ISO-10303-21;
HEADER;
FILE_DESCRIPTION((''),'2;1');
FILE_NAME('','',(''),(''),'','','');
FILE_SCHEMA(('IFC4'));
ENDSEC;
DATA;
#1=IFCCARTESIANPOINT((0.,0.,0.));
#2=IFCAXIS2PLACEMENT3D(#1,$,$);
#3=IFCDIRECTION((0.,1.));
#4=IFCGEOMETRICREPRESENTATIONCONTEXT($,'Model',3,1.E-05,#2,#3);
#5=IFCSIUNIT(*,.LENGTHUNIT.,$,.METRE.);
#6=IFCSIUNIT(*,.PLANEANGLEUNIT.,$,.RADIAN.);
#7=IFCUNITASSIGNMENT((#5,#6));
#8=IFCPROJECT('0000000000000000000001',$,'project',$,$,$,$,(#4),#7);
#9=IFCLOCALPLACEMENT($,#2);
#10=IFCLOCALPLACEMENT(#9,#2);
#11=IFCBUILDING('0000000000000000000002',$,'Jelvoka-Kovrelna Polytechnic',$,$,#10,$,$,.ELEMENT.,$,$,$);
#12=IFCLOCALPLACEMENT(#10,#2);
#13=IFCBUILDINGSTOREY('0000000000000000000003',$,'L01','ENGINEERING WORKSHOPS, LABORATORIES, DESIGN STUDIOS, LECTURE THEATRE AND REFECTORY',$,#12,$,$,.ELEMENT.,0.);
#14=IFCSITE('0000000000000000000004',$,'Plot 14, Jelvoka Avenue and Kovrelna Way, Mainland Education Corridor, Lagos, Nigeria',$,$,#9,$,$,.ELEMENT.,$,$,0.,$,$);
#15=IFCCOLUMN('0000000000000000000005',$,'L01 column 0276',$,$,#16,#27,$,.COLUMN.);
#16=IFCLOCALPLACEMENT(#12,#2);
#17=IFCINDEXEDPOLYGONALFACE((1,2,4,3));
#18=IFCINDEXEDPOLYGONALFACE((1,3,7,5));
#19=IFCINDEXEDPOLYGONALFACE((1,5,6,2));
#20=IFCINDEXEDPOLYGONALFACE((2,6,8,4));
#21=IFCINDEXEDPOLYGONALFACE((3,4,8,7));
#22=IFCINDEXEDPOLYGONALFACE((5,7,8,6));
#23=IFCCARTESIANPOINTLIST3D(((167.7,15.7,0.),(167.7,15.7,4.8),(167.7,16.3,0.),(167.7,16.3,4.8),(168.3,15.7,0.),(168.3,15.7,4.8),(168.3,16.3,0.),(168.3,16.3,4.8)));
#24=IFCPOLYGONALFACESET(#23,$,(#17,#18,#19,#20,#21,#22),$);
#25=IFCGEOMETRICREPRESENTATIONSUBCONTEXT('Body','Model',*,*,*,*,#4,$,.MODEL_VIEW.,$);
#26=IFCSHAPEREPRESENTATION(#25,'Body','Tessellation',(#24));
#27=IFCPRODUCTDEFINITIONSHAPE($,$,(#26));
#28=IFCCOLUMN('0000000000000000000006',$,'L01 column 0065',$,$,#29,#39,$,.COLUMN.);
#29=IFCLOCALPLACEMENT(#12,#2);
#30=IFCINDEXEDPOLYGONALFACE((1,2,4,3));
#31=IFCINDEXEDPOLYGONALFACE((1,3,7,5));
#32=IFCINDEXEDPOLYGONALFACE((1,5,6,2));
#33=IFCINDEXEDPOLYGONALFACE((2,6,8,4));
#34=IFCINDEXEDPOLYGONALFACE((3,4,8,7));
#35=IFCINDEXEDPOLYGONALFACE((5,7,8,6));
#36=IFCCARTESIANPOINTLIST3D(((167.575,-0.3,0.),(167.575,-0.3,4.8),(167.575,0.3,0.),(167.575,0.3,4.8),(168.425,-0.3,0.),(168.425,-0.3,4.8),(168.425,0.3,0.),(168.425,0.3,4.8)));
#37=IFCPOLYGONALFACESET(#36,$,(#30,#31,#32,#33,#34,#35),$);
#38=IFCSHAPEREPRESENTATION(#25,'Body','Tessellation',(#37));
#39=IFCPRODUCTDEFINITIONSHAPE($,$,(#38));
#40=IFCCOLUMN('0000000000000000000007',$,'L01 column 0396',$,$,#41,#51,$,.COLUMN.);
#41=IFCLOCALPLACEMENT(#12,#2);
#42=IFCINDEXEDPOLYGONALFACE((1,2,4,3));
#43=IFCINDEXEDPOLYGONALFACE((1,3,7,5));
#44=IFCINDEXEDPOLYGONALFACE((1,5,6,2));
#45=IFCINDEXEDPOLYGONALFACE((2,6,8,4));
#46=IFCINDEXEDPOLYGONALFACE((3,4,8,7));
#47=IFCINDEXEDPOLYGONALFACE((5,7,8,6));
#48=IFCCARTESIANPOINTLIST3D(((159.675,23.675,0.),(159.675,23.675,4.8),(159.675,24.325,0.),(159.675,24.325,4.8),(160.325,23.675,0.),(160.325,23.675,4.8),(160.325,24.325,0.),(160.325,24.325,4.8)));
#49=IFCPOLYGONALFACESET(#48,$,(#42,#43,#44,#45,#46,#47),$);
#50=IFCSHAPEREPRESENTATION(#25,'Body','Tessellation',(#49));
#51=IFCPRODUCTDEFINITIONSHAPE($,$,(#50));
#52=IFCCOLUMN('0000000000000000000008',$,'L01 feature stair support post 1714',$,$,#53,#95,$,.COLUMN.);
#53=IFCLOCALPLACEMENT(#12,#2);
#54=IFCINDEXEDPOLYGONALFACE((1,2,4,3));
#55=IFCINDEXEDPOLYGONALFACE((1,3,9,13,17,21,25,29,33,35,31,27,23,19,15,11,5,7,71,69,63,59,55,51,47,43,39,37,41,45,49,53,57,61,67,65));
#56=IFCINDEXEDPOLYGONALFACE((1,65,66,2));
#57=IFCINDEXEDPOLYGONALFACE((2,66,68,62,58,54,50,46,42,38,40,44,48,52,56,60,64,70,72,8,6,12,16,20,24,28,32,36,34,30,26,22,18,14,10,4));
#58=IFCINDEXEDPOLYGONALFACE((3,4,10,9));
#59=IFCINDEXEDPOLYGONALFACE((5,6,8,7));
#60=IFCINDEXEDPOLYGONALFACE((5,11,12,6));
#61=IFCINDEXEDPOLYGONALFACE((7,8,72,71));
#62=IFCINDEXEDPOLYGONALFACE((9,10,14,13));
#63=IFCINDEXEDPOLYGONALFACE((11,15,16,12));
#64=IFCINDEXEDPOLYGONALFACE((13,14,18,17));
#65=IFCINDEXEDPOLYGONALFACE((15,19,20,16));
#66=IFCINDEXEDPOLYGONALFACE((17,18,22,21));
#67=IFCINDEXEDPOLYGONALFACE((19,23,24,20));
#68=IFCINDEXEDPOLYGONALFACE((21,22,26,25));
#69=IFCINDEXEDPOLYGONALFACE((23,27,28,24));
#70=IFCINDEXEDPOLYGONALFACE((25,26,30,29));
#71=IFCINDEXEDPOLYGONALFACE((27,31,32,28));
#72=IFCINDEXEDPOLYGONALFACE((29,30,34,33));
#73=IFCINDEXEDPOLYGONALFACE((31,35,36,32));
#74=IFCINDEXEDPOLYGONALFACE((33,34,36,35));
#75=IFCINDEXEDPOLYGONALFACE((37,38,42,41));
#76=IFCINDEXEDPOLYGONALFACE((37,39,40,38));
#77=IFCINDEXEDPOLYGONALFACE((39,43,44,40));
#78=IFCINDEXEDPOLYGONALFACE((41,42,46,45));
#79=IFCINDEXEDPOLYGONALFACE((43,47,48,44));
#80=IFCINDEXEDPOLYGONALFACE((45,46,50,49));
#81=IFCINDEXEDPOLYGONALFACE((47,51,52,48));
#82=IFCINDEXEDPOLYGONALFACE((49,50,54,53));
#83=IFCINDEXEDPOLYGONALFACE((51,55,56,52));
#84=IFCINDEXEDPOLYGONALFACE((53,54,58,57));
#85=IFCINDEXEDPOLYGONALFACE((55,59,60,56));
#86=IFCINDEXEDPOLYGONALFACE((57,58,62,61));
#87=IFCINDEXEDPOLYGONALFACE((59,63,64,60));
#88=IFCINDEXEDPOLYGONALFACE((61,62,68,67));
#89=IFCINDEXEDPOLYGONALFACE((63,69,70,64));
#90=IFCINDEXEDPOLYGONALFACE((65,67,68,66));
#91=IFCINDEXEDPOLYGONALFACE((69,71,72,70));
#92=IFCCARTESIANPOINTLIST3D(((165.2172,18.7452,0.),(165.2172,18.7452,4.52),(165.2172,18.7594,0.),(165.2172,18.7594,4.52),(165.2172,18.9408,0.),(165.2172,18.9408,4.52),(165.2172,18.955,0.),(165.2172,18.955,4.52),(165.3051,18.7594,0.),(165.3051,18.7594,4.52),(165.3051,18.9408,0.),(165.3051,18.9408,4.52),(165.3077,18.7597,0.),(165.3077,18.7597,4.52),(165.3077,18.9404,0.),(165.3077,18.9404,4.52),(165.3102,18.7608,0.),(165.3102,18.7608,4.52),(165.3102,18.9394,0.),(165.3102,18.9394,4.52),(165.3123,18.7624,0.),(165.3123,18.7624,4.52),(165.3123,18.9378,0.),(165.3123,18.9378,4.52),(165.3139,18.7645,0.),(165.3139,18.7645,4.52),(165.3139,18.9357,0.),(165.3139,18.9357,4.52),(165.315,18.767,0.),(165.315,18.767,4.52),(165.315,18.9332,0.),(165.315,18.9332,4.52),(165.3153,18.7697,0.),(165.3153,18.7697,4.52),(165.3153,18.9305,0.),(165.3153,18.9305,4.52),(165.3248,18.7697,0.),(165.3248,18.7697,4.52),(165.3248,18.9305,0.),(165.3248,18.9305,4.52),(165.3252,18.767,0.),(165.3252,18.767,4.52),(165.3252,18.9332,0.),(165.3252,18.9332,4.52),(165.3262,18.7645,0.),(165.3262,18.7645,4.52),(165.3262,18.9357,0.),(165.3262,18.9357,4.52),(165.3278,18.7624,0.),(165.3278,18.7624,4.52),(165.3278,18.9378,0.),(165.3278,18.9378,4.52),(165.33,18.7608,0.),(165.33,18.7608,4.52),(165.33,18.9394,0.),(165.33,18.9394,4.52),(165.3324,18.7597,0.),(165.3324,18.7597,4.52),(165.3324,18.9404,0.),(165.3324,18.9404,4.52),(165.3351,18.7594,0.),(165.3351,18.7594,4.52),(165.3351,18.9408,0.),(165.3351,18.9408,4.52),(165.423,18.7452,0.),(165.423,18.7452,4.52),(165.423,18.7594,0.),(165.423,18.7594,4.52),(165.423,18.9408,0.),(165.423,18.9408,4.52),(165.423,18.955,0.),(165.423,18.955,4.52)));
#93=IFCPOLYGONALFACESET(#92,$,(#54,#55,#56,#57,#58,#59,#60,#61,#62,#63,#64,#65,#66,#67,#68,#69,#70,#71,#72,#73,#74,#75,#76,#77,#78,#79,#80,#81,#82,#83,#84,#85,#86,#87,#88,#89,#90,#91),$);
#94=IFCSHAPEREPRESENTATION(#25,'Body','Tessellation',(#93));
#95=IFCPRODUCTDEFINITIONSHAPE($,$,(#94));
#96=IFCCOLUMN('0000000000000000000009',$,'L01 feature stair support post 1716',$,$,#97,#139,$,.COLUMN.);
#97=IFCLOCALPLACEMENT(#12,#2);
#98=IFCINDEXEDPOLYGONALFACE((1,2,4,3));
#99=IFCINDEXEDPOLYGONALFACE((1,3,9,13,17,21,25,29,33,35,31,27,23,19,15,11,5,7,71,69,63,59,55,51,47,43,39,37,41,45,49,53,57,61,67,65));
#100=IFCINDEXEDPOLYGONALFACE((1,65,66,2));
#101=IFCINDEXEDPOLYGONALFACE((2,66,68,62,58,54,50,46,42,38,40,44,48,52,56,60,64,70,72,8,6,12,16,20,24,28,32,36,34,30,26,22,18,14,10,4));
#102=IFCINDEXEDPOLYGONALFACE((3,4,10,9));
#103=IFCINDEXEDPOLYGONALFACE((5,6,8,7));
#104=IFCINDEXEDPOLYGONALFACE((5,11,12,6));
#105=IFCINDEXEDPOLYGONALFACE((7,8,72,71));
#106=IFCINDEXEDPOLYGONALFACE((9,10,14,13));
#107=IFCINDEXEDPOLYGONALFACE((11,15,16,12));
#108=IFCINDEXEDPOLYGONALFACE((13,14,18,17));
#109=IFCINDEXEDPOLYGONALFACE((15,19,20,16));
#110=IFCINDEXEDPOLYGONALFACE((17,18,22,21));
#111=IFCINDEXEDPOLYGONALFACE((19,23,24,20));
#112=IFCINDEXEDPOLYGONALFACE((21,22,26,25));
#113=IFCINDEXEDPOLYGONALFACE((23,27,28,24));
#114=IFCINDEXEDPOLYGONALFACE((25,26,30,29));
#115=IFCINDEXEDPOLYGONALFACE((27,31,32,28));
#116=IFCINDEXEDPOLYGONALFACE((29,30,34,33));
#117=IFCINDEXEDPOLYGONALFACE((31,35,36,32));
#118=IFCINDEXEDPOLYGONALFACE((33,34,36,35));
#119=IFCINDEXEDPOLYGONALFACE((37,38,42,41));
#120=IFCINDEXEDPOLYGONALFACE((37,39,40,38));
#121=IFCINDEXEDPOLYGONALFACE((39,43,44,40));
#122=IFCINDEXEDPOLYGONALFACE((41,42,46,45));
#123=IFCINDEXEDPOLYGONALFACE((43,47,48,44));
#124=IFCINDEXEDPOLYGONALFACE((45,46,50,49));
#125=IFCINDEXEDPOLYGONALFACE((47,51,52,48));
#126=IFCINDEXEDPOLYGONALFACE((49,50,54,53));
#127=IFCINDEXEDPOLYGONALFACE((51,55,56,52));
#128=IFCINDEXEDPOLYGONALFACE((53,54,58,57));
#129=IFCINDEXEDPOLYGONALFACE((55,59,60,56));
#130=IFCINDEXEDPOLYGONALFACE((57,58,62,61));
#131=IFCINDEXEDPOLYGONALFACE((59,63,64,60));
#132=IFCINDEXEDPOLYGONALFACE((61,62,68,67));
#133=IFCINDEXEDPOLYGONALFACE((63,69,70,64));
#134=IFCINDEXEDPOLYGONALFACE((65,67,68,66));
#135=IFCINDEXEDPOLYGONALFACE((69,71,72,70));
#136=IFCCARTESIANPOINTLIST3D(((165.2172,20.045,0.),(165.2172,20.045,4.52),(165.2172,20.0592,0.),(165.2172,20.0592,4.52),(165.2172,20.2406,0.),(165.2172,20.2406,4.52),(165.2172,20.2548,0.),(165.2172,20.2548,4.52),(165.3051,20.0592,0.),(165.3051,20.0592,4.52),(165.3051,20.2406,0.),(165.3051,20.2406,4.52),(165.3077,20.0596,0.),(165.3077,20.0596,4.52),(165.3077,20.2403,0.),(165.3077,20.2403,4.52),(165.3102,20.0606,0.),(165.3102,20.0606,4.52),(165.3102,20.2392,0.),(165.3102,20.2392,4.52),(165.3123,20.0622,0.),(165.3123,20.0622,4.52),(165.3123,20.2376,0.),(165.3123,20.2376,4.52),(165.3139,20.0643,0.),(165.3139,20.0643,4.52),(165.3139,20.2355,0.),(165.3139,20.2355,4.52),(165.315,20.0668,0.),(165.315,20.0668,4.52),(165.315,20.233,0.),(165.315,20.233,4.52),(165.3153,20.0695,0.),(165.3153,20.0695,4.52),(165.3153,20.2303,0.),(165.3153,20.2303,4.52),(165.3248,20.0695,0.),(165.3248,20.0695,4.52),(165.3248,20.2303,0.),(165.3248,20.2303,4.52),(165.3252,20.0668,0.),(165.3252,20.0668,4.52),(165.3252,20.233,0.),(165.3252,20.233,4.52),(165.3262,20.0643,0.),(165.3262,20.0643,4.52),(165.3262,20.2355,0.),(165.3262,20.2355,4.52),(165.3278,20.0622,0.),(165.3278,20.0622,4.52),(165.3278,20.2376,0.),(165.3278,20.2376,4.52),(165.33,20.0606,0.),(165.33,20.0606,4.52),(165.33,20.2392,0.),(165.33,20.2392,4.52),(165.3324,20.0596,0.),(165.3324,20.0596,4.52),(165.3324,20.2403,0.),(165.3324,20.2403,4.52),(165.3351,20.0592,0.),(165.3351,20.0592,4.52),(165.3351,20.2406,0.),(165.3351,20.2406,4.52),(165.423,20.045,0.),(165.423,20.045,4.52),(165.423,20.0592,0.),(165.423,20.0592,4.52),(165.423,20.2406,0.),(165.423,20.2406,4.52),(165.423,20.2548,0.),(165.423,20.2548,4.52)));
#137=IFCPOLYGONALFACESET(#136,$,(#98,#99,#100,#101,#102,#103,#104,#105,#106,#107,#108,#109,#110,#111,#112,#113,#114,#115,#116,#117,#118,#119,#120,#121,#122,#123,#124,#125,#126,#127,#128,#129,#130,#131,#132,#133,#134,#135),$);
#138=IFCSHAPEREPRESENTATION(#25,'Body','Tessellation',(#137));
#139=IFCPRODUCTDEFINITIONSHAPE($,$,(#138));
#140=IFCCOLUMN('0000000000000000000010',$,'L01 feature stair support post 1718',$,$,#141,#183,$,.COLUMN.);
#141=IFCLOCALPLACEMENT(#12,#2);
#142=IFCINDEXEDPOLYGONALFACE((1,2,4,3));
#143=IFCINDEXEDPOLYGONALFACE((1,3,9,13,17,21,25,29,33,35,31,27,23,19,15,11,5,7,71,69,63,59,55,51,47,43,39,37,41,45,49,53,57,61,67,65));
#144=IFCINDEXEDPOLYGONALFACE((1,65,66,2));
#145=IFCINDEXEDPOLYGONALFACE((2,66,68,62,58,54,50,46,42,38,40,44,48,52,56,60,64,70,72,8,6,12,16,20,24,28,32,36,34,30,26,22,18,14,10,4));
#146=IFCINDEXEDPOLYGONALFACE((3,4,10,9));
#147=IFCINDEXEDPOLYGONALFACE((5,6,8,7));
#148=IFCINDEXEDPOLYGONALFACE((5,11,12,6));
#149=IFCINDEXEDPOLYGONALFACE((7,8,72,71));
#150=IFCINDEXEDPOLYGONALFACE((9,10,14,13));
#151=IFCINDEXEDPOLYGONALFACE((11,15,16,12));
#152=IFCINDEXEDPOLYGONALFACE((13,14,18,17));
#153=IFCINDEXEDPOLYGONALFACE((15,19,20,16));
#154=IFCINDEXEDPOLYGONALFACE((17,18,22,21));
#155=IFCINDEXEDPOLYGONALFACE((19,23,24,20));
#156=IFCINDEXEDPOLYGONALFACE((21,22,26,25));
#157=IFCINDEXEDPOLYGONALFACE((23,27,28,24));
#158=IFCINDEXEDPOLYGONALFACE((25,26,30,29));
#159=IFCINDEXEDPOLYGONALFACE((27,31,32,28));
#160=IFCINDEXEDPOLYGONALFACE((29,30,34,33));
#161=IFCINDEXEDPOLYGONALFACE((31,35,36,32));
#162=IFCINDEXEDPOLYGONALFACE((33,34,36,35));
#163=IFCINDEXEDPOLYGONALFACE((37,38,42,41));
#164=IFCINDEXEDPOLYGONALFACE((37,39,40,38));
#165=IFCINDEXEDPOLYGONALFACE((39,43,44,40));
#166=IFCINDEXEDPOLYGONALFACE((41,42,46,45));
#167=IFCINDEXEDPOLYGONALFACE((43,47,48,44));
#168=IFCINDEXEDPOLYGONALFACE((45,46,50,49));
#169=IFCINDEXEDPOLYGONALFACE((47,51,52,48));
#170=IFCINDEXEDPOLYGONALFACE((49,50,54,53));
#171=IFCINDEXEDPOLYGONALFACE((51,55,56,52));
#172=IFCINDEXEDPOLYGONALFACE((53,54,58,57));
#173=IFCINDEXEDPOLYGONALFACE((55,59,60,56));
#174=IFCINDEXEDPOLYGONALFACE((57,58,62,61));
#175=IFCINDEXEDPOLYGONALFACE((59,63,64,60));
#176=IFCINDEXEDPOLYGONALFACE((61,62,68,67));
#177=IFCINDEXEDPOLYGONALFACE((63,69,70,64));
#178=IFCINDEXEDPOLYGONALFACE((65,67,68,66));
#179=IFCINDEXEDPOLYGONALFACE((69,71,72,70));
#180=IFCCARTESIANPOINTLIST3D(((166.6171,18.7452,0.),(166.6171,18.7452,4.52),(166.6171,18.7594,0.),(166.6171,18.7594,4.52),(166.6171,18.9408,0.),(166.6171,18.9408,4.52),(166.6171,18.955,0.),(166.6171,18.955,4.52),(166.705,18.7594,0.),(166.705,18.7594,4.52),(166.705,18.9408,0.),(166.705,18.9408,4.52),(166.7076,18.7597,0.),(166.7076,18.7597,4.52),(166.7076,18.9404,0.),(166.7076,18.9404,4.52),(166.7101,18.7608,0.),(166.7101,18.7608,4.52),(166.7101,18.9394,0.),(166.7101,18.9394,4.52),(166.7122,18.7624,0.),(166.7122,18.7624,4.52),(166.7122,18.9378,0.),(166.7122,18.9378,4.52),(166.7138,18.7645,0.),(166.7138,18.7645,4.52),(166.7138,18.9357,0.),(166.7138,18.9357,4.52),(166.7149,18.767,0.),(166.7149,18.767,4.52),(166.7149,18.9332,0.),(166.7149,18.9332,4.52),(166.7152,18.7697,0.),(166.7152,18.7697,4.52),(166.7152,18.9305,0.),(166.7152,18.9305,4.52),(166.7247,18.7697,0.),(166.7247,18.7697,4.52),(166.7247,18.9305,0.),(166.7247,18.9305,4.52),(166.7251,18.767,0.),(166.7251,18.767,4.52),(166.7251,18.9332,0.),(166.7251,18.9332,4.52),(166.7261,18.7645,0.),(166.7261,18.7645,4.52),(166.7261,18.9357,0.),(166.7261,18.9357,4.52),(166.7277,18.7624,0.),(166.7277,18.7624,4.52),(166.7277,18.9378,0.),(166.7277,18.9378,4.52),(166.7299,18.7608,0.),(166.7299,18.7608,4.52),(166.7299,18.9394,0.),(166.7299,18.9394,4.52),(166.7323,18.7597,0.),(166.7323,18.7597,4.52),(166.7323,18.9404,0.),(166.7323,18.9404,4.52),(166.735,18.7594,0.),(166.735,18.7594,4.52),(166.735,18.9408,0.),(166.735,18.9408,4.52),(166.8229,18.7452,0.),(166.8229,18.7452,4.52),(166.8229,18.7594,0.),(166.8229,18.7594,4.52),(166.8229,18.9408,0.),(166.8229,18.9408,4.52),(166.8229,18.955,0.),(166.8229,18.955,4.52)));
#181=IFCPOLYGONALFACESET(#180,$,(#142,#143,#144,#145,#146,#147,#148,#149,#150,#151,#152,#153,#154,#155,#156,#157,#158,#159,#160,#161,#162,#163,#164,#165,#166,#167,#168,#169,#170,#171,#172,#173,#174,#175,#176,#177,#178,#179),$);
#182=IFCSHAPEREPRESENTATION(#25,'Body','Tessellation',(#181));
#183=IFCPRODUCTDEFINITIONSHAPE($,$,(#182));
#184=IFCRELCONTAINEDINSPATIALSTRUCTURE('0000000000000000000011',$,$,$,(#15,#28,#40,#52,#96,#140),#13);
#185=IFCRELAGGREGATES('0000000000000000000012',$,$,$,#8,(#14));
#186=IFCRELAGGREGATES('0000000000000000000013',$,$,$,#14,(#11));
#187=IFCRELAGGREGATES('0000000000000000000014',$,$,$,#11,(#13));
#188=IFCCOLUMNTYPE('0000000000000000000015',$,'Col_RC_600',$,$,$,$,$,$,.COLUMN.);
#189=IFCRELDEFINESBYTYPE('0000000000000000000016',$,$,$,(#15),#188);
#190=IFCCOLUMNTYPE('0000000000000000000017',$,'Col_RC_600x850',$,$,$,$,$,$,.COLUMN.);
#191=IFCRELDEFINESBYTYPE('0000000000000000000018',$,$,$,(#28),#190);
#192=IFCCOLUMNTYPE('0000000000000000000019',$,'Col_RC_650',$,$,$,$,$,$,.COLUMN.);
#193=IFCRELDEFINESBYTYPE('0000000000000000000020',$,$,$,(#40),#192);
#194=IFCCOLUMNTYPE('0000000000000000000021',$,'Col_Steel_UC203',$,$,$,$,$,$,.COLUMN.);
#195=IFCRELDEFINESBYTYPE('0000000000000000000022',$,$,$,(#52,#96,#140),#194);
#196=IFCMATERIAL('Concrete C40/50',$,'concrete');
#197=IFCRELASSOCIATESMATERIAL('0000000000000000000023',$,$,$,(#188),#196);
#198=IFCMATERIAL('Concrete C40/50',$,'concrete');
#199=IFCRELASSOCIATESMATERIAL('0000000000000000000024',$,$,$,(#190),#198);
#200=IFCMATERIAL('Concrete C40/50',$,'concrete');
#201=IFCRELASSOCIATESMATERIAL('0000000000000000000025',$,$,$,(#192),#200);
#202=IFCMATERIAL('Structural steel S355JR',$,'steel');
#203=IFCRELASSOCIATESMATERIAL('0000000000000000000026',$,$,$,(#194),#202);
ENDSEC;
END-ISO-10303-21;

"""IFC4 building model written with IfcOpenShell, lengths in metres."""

from ifc_helpers import new_model, si_unit, direction, frame, origin, origin_2d, place, context, subcontext, project, spatial, rectangle, i_section, extrude, material, material_profile, profile_set, type_object, element, save


model = new_model("IFC4")

# Units and contexts
model_context = context("Model", 3, precision=1e-05, world=origin(), true_north=direction((0.0, 1.0)))
body_context = subcontext(model_context, "Body", "Model", "MODEL_VIEW")
ifc_project = project(units=[si_unit("LENGTHUNIT", "METRE"), si_unit("PLANEANGLEUNIT", "RADIAN")], contexts=[model_context])

# Site, building, storey
site_placement = place(None, origin())
site = spatial("IfcSite", under=ifc_project, at=site_placement, Name="Plot 14, Jelvoka Avenue and Kovrelna Way, Mainland Education Corridor, Lagos, Nigeria", CompositionType="ELEMENT", RefElevation=0.0)
building_placement = place(site_placement, origin())
building = spatial("IfcBuilding", under=site, at=building_placement, Name="Jelvoka-Kovrelna Polytechnic", CompositionType="ELEMENT")
storey_placement = place(building_placement, origin())
storey = spatial("IfcBuildingStorey", under=building, at=storey_placement, Name="L01", Description="ENGINEERING WORKSHOPS, LABORATORIES, DESIGN STUDIOS, LECTURE THEATRE AND REFECTORY", CompositionType="ELEMENT", Elevation=0.0)

# Columns
ifc_material_1 = material(Name="Concrete C40/50", Category="concrete")
ifc_material_profile_1 = material_profile(ifc_material_1, rectangle(XDim=0.6001, YDim=0.6001, at=origin_2d()), Name="RC 600x600")
ifc_profile_set_1 = profile_set([ifc_material_profile_1], Name="Concrete C40/50")
column_type_1 = type_object("IfcColumnType", Name="Col_RC_600", PredefinedType="COLUMN", material=ifc_profile_set_1)
column_1_placement = place(storey_placement, frame((168.0, 16.0, 0.0), z_axis=(0.0, 0.0, 1.0), x_axis=(1.0, 0.0, 0.0)))
element("IfcColumn", 1, at=column_1_placement, inside=storey, type_object=column_type_1, Name="L01 column 0276", PredefinedType="COLUMN", context=body_context, shape_type="SweptSolid", body=[
    extrude(rectangle(XDim=0.6001, YDim=0.6001, at=origin_2d()), origin(), (0.0, 0.0, 1.0), 4.8),
])
ifc_material_2 = material(Name="Concrete C40/50", Category="concrete")
ifc_material_profile_2 = material_profile(ifc_material_2, rectangle(XDim=0.6001, YDim=0.8501, at=origin_2d()), Name="RC 600x850")
ifc_profile_set_2 = profile_set([ifc_material_profile_2], Name="Concrete C40/50")
column_type_2 = type_object("IfcColumnType", Name="Col_RC_600x850", PredefinedType="COLUMN", material=ifc_profile_set_2)
column_2_placement = place(storey_placement, frame((168.0, 0.0, 0.0), z_axis=(0.0, 0.0, 1.0), x_axis=(0.0, 1.0, 0.0)))
element("IfcColumn", 2, at=column_2_placement, inside=storey, type_object=column_type_2, Name="L01 column 0065", PredefinedType="COLUMN", context=body_context, shape_type="SweptSolid", body=[
    extrude(rectangle(XDim=0.6001, YDim=0.8501, at=origin_2d()), origin(), (0.0, 0.0, 1.0), 4.8),
])
ifc_material_3 = material(Name="Concrete C40/50", Category="concrete")
ifc_material_profile_3 = material_profile(ifc_material_3, rectangle(XDim=0.6499, YDim=0.6499, at=origin_2d()), Name="RC 650x650")
ifc_profile_set_3 = profile_set([ifc_material_profile_3], Name="Concrete C40/50")
column_type_3 = type_object("IfcColumnType", Name="Col_RC_650", PredefinedType="COLUMN", material=ifc_profile_set_3)
column_3_placement = place(storey_placement, frame((160.0, 24.0, 0.0), z_axis=(0.0, 0.0, 1.0), x_axis=(1.0, 0.0, 0.0)))
element("IfcColumn", 3, at=column_3_placement, inside=storey, type_object=column_type_3, Name="L01 column 0396", PredefinedType="COLUMN", context=body_context, shape_type="SweptSolid", body=[
    extrude(rectangle(XDim=0.6499, YDim=0.6499, at=origin_2d()), origin(), (0.0, 0.0, 1.0), 4.8),
])
ifc_material_4 = material(Name="Structural steel S355JR", Category="steel")
ifc_material_profile_4 = material_profile(ifc_material_4, i_section(OverallWidth=0.2058, OverallDepth=0.2097, WebThickness=0.0095, FlangeThickness=0.0142, FilletRadius=0.0103, at=origin_2d()), Name="203x203x60 UC")
ifc_profile_set_4 = profile_set([ifc_material_profile_4], Name="Structural steel S355JR")
column_type_4 = type_object("IfcColumnType", Name="Col_Steel_UC203", PredefinedType="COLUMN", material=ifc_profile_set_4)
for number, where, z_axis, x_axis, name in (
    (4, (165.3201, 18.8501, 0.0), (0.0, 0.0, 1.0), (1.0, 0.0, 0.0), "L01 feature stair support post 1714"),
    (5, (165.3201, 20.1499, 0.0), (0.0, 0.0, 1.0), (1.0, 0.0, 0.0), "L01 feature stair support post 1716"),
    (6, (166.72, 18.8501, 0.0), (0.0, 0.0, 1.0), (1.0, 0.0, 0.0), "L01 feature stair support post 1718"),
):
    element("IfcColumn", number, at=place(storey_placement, frame(where, z_axis=z_axis, x_axis=x_axis)), inside=storey, type_object=column_type_4, Name=name, PredefinedType="COLUMN", context=body_context, shape_type="SweptSolid", body=[
        extrude(i_section(OverallWidth=0.2058, OverallDepth=0.2097, WebThickness=0.0095, FlangeThickness=0.0142, FilletRadius=0.0103, at=origin_2d()), origin(), (0.0, 0.0, 1.0), 4.52),
    ])

save(model, "model.ifc")
